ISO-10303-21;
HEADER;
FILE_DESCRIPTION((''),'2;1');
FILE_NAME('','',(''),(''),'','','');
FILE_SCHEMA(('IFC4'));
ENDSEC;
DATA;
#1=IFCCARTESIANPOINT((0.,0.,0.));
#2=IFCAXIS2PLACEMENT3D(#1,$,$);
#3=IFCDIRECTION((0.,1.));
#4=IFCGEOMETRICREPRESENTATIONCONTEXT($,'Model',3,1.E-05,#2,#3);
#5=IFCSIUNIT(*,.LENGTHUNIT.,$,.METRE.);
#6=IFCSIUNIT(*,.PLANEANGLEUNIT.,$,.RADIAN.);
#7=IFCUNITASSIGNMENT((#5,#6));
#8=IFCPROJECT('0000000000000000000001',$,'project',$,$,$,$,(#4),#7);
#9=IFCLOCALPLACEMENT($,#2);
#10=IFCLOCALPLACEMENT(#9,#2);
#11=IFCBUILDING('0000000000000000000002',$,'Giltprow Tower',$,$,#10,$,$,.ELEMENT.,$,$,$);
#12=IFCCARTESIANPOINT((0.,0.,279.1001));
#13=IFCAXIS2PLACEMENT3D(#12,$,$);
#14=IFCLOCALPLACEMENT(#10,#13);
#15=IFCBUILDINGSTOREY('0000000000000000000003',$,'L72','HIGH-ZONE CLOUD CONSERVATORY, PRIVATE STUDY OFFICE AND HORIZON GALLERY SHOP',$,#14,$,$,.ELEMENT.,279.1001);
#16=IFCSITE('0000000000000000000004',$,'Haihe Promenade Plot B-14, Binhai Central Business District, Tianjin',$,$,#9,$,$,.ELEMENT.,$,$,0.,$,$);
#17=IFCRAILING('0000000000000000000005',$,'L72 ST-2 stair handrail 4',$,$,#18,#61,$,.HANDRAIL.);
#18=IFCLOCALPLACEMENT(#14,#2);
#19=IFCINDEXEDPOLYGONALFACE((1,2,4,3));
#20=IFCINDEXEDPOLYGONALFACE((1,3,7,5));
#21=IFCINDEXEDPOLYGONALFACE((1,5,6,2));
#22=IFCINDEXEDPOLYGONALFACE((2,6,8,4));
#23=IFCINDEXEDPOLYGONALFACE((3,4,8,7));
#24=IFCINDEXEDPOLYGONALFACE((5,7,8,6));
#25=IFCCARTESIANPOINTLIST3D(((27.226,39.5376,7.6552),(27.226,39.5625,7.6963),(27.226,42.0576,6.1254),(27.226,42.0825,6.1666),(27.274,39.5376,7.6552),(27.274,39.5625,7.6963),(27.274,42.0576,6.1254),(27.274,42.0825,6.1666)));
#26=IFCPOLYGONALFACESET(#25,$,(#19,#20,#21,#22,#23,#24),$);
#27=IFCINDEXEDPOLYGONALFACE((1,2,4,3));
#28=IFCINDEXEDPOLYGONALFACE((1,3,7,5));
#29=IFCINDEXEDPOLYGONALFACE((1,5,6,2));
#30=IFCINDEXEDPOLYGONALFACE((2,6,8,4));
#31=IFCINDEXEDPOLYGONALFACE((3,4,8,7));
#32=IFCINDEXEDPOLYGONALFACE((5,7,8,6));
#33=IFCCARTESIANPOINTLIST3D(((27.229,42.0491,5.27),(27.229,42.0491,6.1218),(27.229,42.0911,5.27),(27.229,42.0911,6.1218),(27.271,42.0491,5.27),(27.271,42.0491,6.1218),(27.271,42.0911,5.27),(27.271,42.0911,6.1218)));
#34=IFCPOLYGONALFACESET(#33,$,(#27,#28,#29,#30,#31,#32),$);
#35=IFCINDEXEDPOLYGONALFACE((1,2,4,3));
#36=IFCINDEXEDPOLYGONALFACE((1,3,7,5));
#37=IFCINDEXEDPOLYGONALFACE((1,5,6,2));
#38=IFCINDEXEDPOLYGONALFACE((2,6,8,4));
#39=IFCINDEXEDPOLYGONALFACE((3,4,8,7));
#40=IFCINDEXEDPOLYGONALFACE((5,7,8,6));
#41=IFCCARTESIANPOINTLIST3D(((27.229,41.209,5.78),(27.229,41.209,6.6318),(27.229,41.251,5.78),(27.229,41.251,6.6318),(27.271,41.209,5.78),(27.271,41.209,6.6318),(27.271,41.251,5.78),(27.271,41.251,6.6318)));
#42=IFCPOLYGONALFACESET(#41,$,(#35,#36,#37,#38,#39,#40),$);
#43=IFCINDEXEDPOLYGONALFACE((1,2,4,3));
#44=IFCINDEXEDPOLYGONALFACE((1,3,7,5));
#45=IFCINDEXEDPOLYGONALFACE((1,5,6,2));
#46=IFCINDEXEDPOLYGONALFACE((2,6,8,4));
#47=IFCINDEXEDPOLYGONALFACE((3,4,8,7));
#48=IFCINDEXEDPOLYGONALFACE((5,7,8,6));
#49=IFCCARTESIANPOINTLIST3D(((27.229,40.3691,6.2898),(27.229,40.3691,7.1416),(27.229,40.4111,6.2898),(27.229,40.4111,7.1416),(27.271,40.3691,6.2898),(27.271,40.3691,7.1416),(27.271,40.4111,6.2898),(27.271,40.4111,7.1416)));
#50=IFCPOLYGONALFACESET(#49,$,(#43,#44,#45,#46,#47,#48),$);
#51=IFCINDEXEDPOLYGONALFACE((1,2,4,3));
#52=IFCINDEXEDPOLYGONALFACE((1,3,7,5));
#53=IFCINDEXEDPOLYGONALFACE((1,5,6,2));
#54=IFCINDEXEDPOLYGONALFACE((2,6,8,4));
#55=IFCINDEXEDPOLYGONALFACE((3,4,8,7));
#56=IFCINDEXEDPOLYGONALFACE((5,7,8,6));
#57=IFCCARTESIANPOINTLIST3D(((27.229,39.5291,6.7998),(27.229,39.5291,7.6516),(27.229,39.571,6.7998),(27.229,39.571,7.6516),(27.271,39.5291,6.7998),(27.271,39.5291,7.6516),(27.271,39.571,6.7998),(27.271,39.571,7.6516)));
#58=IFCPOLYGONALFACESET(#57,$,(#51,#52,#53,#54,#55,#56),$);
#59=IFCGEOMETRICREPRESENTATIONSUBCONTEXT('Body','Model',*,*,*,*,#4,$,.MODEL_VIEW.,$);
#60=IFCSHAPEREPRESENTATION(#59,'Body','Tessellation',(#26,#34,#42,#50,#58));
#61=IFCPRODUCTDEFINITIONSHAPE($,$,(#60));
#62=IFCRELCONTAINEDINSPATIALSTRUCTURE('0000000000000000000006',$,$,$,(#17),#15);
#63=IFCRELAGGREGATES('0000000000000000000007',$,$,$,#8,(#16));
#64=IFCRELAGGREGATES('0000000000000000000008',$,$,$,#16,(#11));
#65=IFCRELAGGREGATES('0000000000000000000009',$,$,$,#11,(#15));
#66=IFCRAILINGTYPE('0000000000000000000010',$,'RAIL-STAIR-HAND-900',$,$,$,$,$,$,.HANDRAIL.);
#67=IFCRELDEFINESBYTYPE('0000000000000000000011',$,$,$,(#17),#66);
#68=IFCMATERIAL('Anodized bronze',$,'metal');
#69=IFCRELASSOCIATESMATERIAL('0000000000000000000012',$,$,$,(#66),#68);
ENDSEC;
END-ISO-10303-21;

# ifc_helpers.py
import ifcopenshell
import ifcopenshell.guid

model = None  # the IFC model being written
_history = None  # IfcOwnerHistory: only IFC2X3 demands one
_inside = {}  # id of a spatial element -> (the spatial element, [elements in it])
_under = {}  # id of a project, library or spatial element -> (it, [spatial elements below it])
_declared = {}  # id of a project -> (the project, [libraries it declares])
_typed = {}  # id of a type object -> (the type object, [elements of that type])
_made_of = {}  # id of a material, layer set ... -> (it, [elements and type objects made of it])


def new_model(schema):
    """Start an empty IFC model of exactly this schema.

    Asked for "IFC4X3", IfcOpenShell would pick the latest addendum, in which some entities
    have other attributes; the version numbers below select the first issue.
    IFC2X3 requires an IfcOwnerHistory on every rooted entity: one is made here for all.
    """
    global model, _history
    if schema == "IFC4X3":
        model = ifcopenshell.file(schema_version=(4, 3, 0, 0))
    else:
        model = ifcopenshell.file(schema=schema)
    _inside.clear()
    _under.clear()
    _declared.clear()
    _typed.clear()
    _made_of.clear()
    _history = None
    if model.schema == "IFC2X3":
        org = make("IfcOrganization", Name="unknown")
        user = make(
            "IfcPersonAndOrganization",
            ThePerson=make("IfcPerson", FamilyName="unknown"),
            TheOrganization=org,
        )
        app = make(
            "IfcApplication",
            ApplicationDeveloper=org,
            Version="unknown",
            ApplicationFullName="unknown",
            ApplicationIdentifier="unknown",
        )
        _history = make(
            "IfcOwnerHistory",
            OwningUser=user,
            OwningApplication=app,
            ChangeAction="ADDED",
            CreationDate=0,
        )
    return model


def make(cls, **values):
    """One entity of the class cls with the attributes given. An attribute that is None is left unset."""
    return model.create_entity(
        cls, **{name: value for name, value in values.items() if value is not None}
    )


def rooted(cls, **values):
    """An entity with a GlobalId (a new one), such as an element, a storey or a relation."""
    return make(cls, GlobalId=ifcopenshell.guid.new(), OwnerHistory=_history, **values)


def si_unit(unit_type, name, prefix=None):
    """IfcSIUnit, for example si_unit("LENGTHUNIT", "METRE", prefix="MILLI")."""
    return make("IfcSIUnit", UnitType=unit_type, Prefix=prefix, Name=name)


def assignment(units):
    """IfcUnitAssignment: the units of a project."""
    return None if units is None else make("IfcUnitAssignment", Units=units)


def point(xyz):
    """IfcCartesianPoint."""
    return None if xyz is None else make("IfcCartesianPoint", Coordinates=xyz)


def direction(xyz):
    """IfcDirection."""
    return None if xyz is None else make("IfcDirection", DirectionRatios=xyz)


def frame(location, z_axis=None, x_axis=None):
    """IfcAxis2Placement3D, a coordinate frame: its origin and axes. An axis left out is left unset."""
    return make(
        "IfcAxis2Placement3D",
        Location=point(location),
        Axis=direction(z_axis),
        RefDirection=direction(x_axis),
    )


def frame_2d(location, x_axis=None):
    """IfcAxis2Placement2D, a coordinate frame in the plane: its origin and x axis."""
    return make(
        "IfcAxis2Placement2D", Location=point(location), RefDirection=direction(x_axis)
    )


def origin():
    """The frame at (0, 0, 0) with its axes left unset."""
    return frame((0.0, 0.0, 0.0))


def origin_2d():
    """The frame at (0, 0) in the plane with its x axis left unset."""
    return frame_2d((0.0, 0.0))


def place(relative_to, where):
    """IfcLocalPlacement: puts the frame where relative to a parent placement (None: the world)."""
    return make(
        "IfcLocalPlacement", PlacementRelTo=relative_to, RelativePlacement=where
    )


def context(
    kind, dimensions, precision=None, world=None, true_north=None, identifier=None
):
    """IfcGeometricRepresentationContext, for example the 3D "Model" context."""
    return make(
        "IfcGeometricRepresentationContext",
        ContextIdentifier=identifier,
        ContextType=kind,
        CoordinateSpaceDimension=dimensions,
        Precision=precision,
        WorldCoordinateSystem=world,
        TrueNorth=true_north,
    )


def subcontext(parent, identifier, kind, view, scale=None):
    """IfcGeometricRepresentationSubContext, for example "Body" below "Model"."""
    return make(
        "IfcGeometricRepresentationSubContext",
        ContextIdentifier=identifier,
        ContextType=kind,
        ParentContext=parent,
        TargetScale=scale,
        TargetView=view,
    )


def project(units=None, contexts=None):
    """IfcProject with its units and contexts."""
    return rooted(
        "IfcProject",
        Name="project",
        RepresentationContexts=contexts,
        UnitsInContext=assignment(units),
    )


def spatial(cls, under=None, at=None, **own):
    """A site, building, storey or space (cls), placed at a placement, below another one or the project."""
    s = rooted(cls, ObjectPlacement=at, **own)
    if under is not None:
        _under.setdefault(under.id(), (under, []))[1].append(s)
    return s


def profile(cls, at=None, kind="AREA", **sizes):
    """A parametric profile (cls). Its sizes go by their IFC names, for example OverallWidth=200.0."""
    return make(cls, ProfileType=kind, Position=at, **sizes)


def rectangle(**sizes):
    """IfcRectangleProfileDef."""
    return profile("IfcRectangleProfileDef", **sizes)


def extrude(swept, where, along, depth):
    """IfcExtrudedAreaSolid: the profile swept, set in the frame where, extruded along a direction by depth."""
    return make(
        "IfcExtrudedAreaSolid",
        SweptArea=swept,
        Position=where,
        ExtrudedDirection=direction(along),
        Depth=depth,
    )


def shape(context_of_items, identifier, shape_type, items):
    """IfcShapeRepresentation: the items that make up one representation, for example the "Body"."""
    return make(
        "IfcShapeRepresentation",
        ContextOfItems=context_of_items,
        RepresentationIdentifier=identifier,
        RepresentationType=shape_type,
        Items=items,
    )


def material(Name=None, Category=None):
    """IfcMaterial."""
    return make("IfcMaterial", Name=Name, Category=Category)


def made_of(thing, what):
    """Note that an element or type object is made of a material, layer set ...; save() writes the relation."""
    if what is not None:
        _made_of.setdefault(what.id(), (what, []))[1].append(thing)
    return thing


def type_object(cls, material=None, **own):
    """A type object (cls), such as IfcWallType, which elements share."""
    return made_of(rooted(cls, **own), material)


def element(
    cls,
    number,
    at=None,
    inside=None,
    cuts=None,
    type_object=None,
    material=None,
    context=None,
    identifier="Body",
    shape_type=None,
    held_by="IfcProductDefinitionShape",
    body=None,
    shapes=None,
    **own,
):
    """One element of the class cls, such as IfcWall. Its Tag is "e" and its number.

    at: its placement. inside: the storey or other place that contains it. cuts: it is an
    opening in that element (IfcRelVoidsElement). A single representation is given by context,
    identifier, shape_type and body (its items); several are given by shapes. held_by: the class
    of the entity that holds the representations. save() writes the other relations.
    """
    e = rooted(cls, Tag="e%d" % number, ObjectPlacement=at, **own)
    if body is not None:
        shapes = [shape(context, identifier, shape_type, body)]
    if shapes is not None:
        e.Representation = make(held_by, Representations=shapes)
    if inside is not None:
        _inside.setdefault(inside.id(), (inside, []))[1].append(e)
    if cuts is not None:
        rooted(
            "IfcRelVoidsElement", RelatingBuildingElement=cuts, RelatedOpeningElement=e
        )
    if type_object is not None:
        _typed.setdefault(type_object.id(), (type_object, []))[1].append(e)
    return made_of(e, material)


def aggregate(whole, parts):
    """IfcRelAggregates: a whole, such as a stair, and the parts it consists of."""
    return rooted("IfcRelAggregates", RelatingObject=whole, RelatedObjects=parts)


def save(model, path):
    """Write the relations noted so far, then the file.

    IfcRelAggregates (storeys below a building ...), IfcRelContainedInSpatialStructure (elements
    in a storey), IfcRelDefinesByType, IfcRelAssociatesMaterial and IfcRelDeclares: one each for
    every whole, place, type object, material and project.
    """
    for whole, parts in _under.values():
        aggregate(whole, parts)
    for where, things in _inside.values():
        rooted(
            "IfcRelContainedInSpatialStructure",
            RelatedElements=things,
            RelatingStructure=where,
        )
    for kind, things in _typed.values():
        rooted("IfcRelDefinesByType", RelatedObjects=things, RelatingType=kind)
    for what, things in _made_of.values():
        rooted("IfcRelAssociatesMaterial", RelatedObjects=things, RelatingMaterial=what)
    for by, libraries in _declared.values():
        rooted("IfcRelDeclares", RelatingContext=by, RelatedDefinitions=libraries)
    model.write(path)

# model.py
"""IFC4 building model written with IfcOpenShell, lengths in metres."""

from ifc_helpers import new_model, si_unit, direction, frame, origin, origin_2d, place, context, subcontext, project, spatial, rectangle, extrude, material, type_object, element, save


model = new_model("IFC4")

# Units and contexts
model_context = context("Model", 3, precision=1e-05, world=origin(), true_north=direction((0.0, 1.0)))
body_context = subcontext(model_context, "Body", "Model", "MODEL_VIEW")
ifc_project = project(units=[si_unit("LENGTHUNIT", "METRE"), si_unit("PLANEANGLEUNIT", "RADIAN")], contexts=[model_context])

# Site, building, storey
site_placement = place(None, origin())
site = spatial("IfcSite", under=ifc_project, at=site_placement, Name="Haihe Promenade Plot B-14, Binhai Central Business District, Tianjin", CompositionType="ELEMENT", RefElevation=0.0)
building_placement = place(site_placement, origin())
building = spatial("IfcBuilding", under=site, at=building_placement, Name="Giltprow Tower", CompositionType="ELEMENT")
storey_placement = place(building_placement, frame((0.0, 0.0, 279.1001)))
storey = spatial("IfcBuildingStorey", under=building, at=storey_placement, Name="L72", Description="HIGH-ZONE CLOUD CONSERVATORY, PRIVATE STUDY OFFICE AND HORIZON GALLERY SHOP", CompositionType="ELEMENT", Elevation=279.1001)

# Railing
ifc_material_1 = material(Name="Anodized bronze", Category="metal")
railing_type_1 = type_object("IfcRailingType", Name="RAIL-STAIR-HAND-900", PredefinedType="HANDRAIL", material=ifc_material_1)
railing_1_placement = place(storey_placement, frame((27.25, 42.0701, 5.27)))
element("IfcRailing", 1, at=railing_1_placement, inside=storey, type_object=railing_type_1, Name="L72 ST-2 stair handrail 4", PredefinedType="HANDRAIL", context=body_context, shape_type="SweptSolid", body=[
    extrude(rectangle(XDim=0.0481, YDim=0.0481, at=origin_2d()), frame((0.0, 0.0, 0.876), z_axis=(0.0, -0.854822, 0.518922), x_axis=(1.0, 0.0, 0.0)), (0.0, 0.0, 1.0), 2.948),
    extrude(rectangle(XDim=0.042, YDim=0.042, at=origin_2d()), origin(), (0.0, 0.0, 1.0), 0.8518),
    extrude(rectangle(XDim=0.042, YDim=0.042, at=origin_2d()), frame((0.0, -0.8401, 0.51)), (0.0, 0.0, 1.0), 0.8518),
    extrude(rectangle(XDim=0.042, YDim=0.042, at=origin_2d()), frame((0.0, -1.6799, 1.0198)), (0.0, 0.0, 1.0), 0.8518),
    extrude(rectangle(XDim=0.042, YDim=0.042, at=origin_2d()), frame((0.0, -2.52, 1.5298)), (0.0, 0.0, 1.0), 0.8518),
])

save(model, "model.ifc")
